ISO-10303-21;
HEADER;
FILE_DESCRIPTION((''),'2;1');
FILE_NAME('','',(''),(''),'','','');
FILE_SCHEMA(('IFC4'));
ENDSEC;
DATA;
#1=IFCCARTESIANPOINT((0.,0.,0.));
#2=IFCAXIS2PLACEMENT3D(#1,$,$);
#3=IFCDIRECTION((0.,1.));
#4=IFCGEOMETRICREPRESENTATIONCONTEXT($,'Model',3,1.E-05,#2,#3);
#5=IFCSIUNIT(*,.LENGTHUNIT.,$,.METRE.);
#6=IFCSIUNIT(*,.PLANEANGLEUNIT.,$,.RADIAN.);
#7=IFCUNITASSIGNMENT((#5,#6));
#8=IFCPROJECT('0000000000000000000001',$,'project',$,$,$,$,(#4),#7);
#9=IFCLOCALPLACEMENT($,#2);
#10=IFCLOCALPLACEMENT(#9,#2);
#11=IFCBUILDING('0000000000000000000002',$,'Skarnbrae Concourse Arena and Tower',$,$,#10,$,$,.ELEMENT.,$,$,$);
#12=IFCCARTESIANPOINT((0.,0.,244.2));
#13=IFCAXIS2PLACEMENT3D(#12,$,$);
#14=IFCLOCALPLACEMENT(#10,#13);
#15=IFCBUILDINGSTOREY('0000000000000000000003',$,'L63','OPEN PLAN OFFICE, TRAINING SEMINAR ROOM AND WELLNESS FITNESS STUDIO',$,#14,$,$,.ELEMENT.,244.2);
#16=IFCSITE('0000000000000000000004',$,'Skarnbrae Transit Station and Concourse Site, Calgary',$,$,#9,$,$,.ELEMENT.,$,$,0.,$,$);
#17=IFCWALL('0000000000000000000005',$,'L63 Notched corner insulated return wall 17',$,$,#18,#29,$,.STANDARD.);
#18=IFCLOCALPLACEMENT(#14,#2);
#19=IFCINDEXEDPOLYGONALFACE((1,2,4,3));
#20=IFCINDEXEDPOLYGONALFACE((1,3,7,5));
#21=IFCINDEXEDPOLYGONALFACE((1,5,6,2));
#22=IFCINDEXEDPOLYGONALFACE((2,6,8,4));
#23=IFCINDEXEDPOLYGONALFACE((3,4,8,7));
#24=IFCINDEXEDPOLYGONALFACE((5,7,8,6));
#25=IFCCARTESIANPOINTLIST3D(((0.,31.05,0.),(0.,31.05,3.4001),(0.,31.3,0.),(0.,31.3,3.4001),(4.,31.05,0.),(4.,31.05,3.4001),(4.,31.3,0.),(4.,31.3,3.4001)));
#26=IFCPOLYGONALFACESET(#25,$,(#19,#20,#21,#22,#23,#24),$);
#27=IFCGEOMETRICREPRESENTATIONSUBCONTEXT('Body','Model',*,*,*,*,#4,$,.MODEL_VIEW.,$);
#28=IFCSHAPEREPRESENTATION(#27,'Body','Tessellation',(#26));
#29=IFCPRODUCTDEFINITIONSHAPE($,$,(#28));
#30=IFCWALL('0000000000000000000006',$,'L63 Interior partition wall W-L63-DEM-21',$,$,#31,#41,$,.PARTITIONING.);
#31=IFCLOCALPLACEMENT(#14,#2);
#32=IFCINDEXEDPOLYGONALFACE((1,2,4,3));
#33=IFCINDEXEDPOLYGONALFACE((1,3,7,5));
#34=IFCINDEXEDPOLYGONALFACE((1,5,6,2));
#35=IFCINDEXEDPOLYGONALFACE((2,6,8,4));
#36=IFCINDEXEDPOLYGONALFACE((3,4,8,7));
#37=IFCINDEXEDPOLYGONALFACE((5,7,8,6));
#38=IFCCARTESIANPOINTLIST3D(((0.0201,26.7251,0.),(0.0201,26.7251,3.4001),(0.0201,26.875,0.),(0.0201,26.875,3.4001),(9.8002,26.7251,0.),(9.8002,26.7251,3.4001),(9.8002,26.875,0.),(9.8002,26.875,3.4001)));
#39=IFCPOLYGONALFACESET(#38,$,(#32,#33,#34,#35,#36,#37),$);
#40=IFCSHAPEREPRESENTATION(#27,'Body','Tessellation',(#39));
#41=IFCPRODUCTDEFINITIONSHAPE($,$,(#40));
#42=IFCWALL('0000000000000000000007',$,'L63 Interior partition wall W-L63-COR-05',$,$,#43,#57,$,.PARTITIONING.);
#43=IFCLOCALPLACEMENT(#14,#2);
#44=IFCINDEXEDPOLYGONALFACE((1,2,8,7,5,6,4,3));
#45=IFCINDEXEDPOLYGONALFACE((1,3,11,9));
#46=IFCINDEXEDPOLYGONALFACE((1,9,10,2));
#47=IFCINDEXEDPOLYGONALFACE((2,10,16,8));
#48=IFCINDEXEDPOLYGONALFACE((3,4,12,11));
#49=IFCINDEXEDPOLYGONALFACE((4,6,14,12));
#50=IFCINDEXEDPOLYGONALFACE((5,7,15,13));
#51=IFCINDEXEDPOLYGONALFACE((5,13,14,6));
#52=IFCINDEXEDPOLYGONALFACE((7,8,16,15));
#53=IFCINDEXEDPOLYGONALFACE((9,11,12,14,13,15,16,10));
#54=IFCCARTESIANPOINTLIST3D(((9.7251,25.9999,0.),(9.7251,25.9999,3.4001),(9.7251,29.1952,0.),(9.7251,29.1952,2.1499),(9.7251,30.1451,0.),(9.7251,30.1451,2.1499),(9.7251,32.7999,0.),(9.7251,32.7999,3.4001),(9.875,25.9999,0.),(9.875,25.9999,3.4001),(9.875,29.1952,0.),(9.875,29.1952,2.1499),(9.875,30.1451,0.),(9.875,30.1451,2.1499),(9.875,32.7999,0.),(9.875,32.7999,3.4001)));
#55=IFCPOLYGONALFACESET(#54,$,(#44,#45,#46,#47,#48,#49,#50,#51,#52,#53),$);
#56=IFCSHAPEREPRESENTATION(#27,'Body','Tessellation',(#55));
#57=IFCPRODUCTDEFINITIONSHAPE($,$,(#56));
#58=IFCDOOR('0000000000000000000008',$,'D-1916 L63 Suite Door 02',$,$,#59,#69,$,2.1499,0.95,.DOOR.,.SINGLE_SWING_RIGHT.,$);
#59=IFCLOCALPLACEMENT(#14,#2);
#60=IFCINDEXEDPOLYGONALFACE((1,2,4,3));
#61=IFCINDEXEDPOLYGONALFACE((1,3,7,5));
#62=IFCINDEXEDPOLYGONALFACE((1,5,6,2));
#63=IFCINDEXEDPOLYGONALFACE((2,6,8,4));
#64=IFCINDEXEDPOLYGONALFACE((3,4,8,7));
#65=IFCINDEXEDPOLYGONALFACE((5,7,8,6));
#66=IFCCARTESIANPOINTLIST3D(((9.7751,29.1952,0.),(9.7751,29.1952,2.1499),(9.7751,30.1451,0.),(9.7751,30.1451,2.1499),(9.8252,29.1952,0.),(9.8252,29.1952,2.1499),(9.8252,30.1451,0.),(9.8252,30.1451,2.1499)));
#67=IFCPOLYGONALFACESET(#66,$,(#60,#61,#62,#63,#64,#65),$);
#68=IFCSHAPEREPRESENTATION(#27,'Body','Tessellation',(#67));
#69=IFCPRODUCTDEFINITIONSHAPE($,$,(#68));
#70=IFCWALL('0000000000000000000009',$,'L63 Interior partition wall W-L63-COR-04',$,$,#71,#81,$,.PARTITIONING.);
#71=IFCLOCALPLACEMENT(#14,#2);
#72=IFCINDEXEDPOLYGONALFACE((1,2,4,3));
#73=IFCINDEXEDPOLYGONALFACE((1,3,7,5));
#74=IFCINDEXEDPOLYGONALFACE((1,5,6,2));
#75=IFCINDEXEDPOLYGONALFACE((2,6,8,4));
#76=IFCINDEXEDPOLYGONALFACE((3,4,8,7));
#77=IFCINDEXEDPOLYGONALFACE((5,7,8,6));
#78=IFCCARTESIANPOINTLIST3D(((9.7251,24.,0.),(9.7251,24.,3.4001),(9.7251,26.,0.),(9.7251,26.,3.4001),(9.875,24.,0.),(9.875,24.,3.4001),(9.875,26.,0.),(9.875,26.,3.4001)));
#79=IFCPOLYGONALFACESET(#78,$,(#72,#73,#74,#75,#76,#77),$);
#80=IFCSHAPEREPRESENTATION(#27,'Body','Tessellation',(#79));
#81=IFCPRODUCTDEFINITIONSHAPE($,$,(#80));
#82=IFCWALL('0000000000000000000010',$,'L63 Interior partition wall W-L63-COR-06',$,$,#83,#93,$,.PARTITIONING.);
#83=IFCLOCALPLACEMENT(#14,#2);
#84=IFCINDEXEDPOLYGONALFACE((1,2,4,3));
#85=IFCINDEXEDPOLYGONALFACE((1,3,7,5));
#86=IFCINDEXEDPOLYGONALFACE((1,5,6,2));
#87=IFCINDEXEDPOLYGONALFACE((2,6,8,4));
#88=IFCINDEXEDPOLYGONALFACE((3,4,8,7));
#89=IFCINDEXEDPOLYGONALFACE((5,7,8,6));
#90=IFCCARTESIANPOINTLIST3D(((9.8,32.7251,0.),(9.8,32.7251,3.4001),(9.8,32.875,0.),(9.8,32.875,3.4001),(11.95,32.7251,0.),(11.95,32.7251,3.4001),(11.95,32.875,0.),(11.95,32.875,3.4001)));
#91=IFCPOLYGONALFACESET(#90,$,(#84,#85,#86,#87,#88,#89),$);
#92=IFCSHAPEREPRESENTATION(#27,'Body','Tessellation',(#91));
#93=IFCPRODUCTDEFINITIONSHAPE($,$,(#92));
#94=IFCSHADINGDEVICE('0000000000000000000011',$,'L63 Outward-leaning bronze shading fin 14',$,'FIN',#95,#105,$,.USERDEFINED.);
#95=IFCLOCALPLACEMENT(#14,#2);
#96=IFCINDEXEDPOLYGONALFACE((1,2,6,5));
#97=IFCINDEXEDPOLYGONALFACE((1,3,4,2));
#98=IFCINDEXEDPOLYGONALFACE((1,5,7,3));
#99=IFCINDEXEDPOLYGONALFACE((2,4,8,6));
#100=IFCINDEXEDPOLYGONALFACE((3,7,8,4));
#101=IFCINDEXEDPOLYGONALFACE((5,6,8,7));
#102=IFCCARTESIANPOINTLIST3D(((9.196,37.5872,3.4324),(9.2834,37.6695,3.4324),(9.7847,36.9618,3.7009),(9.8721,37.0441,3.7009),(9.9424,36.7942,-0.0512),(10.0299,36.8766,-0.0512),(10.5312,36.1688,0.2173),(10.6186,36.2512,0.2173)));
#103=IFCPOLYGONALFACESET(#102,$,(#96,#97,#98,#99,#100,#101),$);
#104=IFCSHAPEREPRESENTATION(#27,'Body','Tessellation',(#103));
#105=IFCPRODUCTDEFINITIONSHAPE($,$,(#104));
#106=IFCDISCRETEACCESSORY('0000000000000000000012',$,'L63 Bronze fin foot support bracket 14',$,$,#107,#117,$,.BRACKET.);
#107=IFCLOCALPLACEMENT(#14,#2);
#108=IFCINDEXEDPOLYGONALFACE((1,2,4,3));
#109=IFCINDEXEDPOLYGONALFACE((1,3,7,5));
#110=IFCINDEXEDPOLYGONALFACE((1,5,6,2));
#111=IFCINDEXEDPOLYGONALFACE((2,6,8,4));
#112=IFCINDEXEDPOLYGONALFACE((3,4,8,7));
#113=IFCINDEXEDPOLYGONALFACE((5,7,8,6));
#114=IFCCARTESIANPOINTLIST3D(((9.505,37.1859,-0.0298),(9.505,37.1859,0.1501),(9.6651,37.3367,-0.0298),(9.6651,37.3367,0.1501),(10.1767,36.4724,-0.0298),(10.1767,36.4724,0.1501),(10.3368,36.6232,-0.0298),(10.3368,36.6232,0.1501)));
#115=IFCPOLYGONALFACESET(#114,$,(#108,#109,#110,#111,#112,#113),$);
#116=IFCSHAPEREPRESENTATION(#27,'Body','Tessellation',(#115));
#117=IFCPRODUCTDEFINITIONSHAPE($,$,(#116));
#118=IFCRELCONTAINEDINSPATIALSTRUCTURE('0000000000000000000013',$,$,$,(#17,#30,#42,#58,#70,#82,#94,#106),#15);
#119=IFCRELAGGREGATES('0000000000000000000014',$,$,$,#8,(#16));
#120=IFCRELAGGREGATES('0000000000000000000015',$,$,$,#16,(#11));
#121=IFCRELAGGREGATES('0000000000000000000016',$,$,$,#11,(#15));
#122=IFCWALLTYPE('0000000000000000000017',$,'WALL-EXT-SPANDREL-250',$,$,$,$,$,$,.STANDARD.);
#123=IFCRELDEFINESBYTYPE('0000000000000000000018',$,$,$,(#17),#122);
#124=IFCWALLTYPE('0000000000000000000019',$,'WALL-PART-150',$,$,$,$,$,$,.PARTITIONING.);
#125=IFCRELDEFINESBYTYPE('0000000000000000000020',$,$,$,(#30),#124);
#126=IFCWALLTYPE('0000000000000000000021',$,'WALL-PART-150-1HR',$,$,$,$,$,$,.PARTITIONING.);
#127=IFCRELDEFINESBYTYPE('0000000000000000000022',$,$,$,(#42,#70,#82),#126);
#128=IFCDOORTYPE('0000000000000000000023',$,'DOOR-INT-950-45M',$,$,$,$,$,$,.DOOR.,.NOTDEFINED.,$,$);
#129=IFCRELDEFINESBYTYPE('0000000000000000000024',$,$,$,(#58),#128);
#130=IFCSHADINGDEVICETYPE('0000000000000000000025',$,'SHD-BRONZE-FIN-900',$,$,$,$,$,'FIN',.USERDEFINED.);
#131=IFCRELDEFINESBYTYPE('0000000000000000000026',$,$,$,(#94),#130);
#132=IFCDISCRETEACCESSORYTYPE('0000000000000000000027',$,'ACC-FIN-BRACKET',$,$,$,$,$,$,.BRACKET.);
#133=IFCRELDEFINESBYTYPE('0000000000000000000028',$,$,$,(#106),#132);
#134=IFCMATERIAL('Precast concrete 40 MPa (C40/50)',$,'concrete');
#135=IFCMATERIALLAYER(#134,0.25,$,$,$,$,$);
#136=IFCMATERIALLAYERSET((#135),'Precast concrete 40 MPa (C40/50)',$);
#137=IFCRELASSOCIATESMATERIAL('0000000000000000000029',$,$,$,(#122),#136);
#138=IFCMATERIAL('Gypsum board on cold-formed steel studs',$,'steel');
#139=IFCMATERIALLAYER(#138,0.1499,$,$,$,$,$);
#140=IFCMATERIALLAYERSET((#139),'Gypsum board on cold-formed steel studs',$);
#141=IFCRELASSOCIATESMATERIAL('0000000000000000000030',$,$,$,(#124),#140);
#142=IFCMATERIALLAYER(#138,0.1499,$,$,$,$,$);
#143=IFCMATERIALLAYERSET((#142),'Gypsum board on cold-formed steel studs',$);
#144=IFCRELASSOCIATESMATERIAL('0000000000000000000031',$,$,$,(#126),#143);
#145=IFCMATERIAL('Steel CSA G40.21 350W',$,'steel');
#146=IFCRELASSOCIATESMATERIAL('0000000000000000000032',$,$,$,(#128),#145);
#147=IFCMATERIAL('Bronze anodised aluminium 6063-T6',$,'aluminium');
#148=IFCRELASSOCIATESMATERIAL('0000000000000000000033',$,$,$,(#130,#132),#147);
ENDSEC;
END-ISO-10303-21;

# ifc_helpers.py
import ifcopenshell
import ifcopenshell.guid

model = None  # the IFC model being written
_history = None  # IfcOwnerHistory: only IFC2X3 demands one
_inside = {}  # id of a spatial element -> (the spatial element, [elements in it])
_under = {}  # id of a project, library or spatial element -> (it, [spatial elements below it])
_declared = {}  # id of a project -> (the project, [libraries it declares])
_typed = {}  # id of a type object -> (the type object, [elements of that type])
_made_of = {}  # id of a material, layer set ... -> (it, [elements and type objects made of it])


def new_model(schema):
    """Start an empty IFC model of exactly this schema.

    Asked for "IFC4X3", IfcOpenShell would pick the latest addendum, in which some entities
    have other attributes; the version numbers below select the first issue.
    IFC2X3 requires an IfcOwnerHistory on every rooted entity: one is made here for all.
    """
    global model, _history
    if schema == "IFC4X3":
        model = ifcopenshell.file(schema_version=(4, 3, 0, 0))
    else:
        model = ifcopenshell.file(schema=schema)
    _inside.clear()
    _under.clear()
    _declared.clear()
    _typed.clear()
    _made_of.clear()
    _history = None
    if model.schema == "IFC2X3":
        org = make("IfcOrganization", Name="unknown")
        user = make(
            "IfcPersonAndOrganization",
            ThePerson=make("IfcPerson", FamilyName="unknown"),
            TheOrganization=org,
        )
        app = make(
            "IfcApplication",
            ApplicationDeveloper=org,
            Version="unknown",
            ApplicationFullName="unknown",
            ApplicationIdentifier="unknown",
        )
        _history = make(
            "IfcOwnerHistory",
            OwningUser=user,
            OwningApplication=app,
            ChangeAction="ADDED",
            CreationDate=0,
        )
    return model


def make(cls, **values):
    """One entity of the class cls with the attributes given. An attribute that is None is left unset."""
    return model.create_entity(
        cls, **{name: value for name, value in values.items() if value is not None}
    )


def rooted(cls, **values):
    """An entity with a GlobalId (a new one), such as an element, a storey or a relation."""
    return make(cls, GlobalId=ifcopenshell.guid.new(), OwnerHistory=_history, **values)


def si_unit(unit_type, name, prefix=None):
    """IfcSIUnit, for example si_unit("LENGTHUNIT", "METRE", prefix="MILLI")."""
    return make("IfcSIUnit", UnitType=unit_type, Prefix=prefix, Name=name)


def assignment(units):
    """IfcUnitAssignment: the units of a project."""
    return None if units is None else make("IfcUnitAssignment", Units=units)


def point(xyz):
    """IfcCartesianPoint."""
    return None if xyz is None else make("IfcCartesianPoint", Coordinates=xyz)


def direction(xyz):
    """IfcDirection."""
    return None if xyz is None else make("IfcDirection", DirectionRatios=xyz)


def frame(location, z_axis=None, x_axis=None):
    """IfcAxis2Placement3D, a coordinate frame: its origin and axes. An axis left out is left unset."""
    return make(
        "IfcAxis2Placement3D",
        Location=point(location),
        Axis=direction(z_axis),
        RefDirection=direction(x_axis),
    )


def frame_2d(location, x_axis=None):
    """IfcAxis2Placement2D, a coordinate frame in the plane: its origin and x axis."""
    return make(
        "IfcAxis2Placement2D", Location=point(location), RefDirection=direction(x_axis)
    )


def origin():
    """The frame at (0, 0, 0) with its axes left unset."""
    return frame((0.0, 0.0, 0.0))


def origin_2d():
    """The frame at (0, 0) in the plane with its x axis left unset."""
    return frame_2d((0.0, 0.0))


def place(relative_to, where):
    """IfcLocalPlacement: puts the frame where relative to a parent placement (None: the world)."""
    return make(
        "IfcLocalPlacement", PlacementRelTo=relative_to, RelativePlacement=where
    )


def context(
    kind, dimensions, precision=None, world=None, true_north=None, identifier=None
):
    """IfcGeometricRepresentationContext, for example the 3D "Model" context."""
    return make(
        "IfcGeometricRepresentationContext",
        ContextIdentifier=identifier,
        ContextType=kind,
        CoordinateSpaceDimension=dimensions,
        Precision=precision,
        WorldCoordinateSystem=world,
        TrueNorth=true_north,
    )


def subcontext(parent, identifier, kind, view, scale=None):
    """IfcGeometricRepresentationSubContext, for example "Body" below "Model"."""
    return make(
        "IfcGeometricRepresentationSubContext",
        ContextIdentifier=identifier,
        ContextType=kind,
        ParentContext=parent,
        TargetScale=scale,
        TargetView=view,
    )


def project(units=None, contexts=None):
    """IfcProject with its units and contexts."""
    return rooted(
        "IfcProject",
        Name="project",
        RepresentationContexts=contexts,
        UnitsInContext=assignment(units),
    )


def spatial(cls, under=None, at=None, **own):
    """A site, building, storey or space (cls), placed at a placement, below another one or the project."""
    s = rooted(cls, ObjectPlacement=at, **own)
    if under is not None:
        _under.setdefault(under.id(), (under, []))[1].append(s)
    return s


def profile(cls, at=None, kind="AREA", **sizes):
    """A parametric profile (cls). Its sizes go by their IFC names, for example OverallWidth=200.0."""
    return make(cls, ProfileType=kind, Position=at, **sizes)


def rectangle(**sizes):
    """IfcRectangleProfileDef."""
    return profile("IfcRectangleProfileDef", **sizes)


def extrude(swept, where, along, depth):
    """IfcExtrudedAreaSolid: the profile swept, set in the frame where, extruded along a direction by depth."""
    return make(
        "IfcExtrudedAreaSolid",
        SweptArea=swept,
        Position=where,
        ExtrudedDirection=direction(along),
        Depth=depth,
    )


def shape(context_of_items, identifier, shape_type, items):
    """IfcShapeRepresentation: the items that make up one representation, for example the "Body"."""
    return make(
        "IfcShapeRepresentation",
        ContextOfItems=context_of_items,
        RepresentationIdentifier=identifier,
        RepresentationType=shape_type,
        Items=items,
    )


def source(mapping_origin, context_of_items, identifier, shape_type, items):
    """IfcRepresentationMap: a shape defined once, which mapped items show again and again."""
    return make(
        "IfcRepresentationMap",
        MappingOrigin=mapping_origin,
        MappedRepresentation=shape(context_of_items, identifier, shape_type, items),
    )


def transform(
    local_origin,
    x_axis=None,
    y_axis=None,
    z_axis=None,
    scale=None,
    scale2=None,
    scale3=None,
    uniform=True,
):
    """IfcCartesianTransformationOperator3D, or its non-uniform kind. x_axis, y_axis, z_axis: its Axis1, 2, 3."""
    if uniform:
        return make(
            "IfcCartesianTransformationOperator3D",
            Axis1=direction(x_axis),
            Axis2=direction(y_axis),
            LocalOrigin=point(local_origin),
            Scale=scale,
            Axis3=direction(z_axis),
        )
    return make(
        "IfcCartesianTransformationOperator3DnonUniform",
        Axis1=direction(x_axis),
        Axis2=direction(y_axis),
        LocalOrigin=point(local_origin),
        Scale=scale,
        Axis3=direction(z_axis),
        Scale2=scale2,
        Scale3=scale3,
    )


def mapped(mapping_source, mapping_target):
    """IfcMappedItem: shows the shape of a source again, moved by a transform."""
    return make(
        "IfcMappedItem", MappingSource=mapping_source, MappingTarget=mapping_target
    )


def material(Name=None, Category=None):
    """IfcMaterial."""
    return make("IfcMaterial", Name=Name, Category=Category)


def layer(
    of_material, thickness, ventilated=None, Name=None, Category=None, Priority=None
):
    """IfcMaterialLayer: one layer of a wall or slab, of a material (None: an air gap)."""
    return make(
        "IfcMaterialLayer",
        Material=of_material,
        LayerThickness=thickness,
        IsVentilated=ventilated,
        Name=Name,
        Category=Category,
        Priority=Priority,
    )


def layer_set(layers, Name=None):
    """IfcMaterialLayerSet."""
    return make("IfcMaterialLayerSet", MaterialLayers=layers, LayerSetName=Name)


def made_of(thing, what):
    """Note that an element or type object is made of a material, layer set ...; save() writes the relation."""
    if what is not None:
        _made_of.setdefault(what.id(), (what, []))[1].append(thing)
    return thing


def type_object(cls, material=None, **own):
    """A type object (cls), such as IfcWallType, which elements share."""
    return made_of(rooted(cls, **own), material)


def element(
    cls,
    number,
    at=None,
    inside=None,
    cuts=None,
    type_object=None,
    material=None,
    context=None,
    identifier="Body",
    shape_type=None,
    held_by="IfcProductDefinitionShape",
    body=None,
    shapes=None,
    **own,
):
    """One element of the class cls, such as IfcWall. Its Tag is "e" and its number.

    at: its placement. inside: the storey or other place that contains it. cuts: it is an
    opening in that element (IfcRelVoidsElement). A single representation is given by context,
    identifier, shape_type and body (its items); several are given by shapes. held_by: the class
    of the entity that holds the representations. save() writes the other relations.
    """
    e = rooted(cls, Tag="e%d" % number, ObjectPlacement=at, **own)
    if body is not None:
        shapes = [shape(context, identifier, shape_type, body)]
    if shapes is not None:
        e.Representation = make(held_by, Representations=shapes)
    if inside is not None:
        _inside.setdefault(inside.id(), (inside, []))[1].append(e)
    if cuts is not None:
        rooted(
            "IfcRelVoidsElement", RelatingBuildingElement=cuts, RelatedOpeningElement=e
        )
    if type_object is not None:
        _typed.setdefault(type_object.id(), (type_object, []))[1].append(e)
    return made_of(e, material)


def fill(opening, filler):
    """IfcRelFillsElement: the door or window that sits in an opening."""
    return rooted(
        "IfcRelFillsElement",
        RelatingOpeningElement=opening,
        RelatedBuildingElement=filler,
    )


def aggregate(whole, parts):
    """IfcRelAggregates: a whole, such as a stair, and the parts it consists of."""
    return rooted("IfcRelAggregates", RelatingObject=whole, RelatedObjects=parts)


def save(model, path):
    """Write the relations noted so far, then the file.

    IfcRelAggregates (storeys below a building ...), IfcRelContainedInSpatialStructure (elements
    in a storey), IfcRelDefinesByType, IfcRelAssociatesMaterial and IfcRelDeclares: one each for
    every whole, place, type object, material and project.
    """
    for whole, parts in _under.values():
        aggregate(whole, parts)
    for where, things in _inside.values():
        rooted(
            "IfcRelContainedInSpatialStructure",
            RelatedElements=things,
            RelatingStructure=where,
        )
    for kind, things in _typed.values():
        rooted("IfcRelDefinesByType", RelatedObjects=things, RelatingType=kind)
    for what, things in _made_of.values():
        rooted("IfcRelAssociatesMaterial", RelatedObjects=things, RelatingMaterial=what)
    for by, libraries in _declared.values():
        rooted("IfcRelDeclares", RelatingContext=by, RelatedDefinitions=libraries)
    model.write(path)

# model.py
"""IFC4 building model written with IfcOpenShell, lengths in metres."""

from ifc_helpers import new_model, si_unit, direction, frame, frame_2d, origin, origin_2d, place, context, subcontext, project, spatial, rectangle, extrude, source, transform, mapped, material, layer, layer_set, type_object, element, fill, save


model = new_model("IFC4")

# Units and contexts
model_context = context("Model", 3, precision=1e-05, world=origin(), true_north=direction((0.0, 1.0)))
body_context = subcontext(model_context, "Body", "Model", "MODEL_VIEW")
ifc_project = project(units=[si_unit("LENGTHUNIT", "METRE"), si_unit("PLANEANGLEUNIT", "RADIAN")], contexts=[model_context])

# Site, building, storey
site_placement = place(None, origin())
site = spatial("IfcSite", under=ifc_project, at=site_placement, Name="Skarnbrae Transit Station and Concourse Site, Calgary", CompositionType="ELEMENT", RefElevation=0.0)
building_placement = place(site_placement, origin())
building = spatial("IfcBuilding", under=site, at=building_placement, Name="Skarnbrae Concourse Arena and Tower", CompositionType="ELEMENT")
storey_placement = place(building_placement, frame((0.0, 0.0, 244.2)))
storey = spatial("IfcBuildingStorey", under=building, at=storey_placement, Name="L63", Description="OPEN PLAN OFFICE, TRAINING SEMINAR ROOM AND WELLNESS FITNESS STUDIO", CompositionType="ELEMENT", Elevation=244.2)

# Shared definitions
ifc_material_1 = material(Name="Steel CSA G40.21 350W", Category="steel")

# Shared definitions
ifc_material_2 = material(Name="Bronze anodised aluminium 6063-T6", Category="aluminium")

# Walls
ifc_material_3 = material(Name="Precast concrete 40 MPa (C40/50)", Category="concrete")
ifc_layer_1 = layer(ifc_material_3, 0.25)
ifc_layer_set_1 = layer_set([ifc_layer_1], Name="Precast concrete 40 MPa (C40/50)")
wall_type_1 = type_object("IfcWallType", Name="WALL-EXT-SPANDREL-250", PredefinedType="STANDARD", material=ifc_layer_set_1)
shared_shape_1 = source(origin(), body_context, "Body", "SweptSolid", [
    extrude(rectangle(XDim=4.0, YDim=0.25, at=frame_2d((2.0, 0.0))), origin(), (0.0, 0.0, 1.0), 3.4001),
])
for number, where, z_axis, x_axis, name in (
    (1, (4.0, 31.175, 0.0), (0.0, 0.0, 1.0), (-1.0, 0.0, 0.0), "L63 Notched corner insulated return wall 17"),
):
    element("IfcWall", number, at=place(storey_placement, frame(where, z_axis=z_axis, x_axis=x_axis)), inside=storey, type_object=wall_type_1, Name=name, PredefinedType="STANDARD", context=body_context, shape_type="MappedRepresentation", body=[
        mapped(shared_shape_1, transform((0.0, 0.0, 0.0))),
    ])
ifc_material_4 = material(Name="Gypsum board on cold-formed steel studs", Category="steel")
ifc_layer_2 = layer(ifc_material_4, 0.1499)
ifc_layer_set_2 = layer_set([ifc_layer_2], Name="Gypsum board on cold-formed steel studs")
wall_type_2 = type_object("IfcWallType", Name="WALL-PART-150", PredefinedType="PARTITIONING", material=ifc_layer_set_2)
shared_shape_2 = source(origin(), body_context, "Body", "SweptSolid", [
    extrude(rectangle(XDim=9.78, YDim=0.1499, at=frame_2d((4.8901, 0.0))), origin(), (0.0, 0.0, 1.0), 3.4001),
])
wall_1_placement = place(storey_placement, frame((0.02, 26.8, 0.0), z_axis=(0.0, 0.0, 1.0), x_axis=(1.0, 0.0, 0.0)))
element("IfcWall", 2, at=wall_1_placement, inside=storey, type_object=wall_type_2, Name="L63 Interior partition wall W-L63-DEM-21", PredefinedType="PARTITIONING", context=body_context, shape_type="MappedRepresentation", body=[
    mapped(shared_shape_2, transform((0.0, 0.0, 0.0))),
])

# Wall, opening, door
ifc_layer_3 = layer(ifc_material_4, 0.1499)
ifc_layer_set_3 = layer_set([ifc_layer_3], Name="Gypsum board on cold-formed steel studs")
wall_type_3 = type_object("IfcWallType", Name="WALL-PART-150-1HR", PredefinedType="PARTITIONING", material=ifc_layer_set_3)
shared_shape_3 = source(origin(), body_context, "Body", "SweptSolid", [
    extrude(rectangle(XDim=6.8, YDim=0.1499, at=frame_2d((3.3999, 0.0))), origin(), (0.0, 0.0, 1.0), 3.4001),
])
wall_2_placement = place(storey_placement, frame((9.8, 26.0, 0.0), z_axis=(0.0, 0.0, 1.0), x_axis=(0.0, 1.0, 0.0)))
wall_2 = element("IfcWall", 3, at=wall_2_placement, inside=storey, type_object=wall_type_3, Name="L63 Interior partition wall W-L63-COR-05", PredefinedType="PARTITIONING", context=body_context, shape_type="MappedRepresentation", body=[
    mapped(shared_shape_3, transform((0.0, 0.0, 0.0))),
])
opening_placement = place(wall_2_placement, frame((3.1951, 0.0, 0.0)))
opening = element("IfcOpeningElement", 4, at=opening_placement, cuts=wall_2, PredefinedType="OPENING", context=body_context, shape_type="SweptSolid", body=[
    extrude(rectangle(XDim=0.95, YDim=2.1499, at=frame_2d((0.4751, 1.075))), frame((0.0, 0.085, 0.0), z_axis=(0.0, -1.0, 0.0), x_axis=(1.0, 0.0, 0.0)), (0.0, 0.0, 1.0), 0.1699),
])
door_type = type_object("IfcDoorType", Name="DOOR-INT-950-45M", OperationType="NOTDEFINED", PredefinedType="DOOR", material=ifc_material_1)
shared_shape_4 = source(origin(), body_context, "Body", "SweptSolid", [
    extrude(rectangle(XDim=0.95, YDim=2.1499, at=frame_2d((0.4751, 1.075))), frame((0.0, 0.0249, 0.0), z_axis=(0.0, -1.0, 0.0), x_axis=(1.0, 0.0, 0.0)), (0.0, 0.0, 1.0), 0.05),
])
door_placement = place(opening_placement, origin())
door = element("IfcDoor", 5, at=door_placement, inside=storey, type_object=door_type, Name="D-1916 L63 Suite Door 02", OperationType="SINGLE_SWING_RIGHT", OverallHeight=2.1499, OverallWidth=0.95, PredefinedType="DOOR", context=body_context, shape_type="MappedRepresentation", body=[
    mapped(shared_shape_4, transform((0.0, 0.0, 0.0))),
])
fill(opening, door)

# Walls
shared_shape_5 = source(origin(), body_context, "Body", "SweptSolid", [
    extrude(rectangle(XDim=2.0, YDim=0.1499, at=frame_2d((1.0, 0.0))), origin(), (0.0, 0.0, 1.0), 3.4001),
])
wall_3_placement = place(storey_placement, frame((9.8, 24.0, 0.0), z_axis=(0.0, 0.0, 1.0), x_axis=(0.0, 1.0, 0.0)))
element("IfcWall", 6, at=wall_3_placement, inside=storey, type_object=wall_type_3, Name="L63 Interior partition wall W-L63-COR-04", PredefinedType="PARTITIONING", context=body_context, shape_type="MappedRepresentation", body=[
    mapped(shared_shape_5, transform((0.0, 0.0, 0.0))),
])
shared_shape_6 = source(origin(), body_context, "Body", "SweptSolid", [
    extrude(rectangle(XDim=2.1499, YDim=0.1499, at=frame_2d((1.075, 0.0))), origin(), (0.0, 0.0, 1.0), 3.4001),
])
wall_4_placement = place(storey_placement, frame((9.8, 32.8, 0.0), z_axis=(0.0, 0.0, 1.0), x_axis=(1.0, 0.0, 0.0)))
element("IfcWall", 7, at=wall_4_placement, inside=storey, type_object=wall_type_3, Name="L63 Interior partition wall W-L63-COR-06", PredefinedType="PARTITIONING", context=body_context, shape_type="MappedRepresentation", body=[
    mapped(shared_shape_6, transform((0.0, 0.0, 0.0))),
])

# Shading device
shading_device_type = type_object("IfcShadingDeviceType", Name="SHD-BRONZE-FIN-900", ElementType="FIN", PredefinedType="USERDEFINED", material=ifc_material_2)
shared_shape_7 = source(origin(), body_context, "Body", "SweptSolid", [
    extrude(rectangle(XDim=0.1201, YDim=0.8999, at=origin_2d()), origin(), (0.0, 0.0, 1.0), 3.6499),
])
shading_device_placement = place(storey_placement, frame((10.2805, 36.5227, 0.083), z_axis=(-0.204517, 0.217256, 0.954449), x_axis=(0.728132, 0.685437, 0.0)))
element("IfcShadingDevice", 8, at=shading_device_placement, inside=storey, type_object=shading_device_type, Name="L63 Outward-leaning bronze shading fin 14", ObjectType="FIN", PredefinedType="USERDEFINED", context=body_context, shape_type="MappedRepresentation", body=[
    mapped(shared_shape_7, transform((0.0, 0.0, 0.0))),
])

# Discrete accessory
discrete_accessory_type = type_object("IfcDiscreteAccessoryType", Name="ACC-FIN-BRACKET", PredefinedType="BRACKET", material=ifc_material_2)
shared_shape_8 = source(origin(), body_context, "Body", "SweptSolid", [
    extrude(rectangle(XDim=0.22, YDim=0.98, at=origin_2d()), origin(), (0.0, 0.0, 1.0), 0.1799),
])
discrete_accessory_placement = place(storey_placement, frame((9.9209, 36.9045, -0.0298), z_axis=(0.0, 0.0, 1.0), x_axis=(0.728132, 0.685437, 0.0)))
element("IfcDiscreteAccessory", 9, at=discrete_accessory_placement, inside=storey, type_object=discrete_accessory_type, Name="L63 Bronze fin foot support bracket 14", PredefinedType="BRACKET", context=body_context, shape_type="MappedRepresentation", body=[
    mapped(shared_shape_8, transform((0.0, 0.0, 0.0))),
])

save(model, "model.ifc")
